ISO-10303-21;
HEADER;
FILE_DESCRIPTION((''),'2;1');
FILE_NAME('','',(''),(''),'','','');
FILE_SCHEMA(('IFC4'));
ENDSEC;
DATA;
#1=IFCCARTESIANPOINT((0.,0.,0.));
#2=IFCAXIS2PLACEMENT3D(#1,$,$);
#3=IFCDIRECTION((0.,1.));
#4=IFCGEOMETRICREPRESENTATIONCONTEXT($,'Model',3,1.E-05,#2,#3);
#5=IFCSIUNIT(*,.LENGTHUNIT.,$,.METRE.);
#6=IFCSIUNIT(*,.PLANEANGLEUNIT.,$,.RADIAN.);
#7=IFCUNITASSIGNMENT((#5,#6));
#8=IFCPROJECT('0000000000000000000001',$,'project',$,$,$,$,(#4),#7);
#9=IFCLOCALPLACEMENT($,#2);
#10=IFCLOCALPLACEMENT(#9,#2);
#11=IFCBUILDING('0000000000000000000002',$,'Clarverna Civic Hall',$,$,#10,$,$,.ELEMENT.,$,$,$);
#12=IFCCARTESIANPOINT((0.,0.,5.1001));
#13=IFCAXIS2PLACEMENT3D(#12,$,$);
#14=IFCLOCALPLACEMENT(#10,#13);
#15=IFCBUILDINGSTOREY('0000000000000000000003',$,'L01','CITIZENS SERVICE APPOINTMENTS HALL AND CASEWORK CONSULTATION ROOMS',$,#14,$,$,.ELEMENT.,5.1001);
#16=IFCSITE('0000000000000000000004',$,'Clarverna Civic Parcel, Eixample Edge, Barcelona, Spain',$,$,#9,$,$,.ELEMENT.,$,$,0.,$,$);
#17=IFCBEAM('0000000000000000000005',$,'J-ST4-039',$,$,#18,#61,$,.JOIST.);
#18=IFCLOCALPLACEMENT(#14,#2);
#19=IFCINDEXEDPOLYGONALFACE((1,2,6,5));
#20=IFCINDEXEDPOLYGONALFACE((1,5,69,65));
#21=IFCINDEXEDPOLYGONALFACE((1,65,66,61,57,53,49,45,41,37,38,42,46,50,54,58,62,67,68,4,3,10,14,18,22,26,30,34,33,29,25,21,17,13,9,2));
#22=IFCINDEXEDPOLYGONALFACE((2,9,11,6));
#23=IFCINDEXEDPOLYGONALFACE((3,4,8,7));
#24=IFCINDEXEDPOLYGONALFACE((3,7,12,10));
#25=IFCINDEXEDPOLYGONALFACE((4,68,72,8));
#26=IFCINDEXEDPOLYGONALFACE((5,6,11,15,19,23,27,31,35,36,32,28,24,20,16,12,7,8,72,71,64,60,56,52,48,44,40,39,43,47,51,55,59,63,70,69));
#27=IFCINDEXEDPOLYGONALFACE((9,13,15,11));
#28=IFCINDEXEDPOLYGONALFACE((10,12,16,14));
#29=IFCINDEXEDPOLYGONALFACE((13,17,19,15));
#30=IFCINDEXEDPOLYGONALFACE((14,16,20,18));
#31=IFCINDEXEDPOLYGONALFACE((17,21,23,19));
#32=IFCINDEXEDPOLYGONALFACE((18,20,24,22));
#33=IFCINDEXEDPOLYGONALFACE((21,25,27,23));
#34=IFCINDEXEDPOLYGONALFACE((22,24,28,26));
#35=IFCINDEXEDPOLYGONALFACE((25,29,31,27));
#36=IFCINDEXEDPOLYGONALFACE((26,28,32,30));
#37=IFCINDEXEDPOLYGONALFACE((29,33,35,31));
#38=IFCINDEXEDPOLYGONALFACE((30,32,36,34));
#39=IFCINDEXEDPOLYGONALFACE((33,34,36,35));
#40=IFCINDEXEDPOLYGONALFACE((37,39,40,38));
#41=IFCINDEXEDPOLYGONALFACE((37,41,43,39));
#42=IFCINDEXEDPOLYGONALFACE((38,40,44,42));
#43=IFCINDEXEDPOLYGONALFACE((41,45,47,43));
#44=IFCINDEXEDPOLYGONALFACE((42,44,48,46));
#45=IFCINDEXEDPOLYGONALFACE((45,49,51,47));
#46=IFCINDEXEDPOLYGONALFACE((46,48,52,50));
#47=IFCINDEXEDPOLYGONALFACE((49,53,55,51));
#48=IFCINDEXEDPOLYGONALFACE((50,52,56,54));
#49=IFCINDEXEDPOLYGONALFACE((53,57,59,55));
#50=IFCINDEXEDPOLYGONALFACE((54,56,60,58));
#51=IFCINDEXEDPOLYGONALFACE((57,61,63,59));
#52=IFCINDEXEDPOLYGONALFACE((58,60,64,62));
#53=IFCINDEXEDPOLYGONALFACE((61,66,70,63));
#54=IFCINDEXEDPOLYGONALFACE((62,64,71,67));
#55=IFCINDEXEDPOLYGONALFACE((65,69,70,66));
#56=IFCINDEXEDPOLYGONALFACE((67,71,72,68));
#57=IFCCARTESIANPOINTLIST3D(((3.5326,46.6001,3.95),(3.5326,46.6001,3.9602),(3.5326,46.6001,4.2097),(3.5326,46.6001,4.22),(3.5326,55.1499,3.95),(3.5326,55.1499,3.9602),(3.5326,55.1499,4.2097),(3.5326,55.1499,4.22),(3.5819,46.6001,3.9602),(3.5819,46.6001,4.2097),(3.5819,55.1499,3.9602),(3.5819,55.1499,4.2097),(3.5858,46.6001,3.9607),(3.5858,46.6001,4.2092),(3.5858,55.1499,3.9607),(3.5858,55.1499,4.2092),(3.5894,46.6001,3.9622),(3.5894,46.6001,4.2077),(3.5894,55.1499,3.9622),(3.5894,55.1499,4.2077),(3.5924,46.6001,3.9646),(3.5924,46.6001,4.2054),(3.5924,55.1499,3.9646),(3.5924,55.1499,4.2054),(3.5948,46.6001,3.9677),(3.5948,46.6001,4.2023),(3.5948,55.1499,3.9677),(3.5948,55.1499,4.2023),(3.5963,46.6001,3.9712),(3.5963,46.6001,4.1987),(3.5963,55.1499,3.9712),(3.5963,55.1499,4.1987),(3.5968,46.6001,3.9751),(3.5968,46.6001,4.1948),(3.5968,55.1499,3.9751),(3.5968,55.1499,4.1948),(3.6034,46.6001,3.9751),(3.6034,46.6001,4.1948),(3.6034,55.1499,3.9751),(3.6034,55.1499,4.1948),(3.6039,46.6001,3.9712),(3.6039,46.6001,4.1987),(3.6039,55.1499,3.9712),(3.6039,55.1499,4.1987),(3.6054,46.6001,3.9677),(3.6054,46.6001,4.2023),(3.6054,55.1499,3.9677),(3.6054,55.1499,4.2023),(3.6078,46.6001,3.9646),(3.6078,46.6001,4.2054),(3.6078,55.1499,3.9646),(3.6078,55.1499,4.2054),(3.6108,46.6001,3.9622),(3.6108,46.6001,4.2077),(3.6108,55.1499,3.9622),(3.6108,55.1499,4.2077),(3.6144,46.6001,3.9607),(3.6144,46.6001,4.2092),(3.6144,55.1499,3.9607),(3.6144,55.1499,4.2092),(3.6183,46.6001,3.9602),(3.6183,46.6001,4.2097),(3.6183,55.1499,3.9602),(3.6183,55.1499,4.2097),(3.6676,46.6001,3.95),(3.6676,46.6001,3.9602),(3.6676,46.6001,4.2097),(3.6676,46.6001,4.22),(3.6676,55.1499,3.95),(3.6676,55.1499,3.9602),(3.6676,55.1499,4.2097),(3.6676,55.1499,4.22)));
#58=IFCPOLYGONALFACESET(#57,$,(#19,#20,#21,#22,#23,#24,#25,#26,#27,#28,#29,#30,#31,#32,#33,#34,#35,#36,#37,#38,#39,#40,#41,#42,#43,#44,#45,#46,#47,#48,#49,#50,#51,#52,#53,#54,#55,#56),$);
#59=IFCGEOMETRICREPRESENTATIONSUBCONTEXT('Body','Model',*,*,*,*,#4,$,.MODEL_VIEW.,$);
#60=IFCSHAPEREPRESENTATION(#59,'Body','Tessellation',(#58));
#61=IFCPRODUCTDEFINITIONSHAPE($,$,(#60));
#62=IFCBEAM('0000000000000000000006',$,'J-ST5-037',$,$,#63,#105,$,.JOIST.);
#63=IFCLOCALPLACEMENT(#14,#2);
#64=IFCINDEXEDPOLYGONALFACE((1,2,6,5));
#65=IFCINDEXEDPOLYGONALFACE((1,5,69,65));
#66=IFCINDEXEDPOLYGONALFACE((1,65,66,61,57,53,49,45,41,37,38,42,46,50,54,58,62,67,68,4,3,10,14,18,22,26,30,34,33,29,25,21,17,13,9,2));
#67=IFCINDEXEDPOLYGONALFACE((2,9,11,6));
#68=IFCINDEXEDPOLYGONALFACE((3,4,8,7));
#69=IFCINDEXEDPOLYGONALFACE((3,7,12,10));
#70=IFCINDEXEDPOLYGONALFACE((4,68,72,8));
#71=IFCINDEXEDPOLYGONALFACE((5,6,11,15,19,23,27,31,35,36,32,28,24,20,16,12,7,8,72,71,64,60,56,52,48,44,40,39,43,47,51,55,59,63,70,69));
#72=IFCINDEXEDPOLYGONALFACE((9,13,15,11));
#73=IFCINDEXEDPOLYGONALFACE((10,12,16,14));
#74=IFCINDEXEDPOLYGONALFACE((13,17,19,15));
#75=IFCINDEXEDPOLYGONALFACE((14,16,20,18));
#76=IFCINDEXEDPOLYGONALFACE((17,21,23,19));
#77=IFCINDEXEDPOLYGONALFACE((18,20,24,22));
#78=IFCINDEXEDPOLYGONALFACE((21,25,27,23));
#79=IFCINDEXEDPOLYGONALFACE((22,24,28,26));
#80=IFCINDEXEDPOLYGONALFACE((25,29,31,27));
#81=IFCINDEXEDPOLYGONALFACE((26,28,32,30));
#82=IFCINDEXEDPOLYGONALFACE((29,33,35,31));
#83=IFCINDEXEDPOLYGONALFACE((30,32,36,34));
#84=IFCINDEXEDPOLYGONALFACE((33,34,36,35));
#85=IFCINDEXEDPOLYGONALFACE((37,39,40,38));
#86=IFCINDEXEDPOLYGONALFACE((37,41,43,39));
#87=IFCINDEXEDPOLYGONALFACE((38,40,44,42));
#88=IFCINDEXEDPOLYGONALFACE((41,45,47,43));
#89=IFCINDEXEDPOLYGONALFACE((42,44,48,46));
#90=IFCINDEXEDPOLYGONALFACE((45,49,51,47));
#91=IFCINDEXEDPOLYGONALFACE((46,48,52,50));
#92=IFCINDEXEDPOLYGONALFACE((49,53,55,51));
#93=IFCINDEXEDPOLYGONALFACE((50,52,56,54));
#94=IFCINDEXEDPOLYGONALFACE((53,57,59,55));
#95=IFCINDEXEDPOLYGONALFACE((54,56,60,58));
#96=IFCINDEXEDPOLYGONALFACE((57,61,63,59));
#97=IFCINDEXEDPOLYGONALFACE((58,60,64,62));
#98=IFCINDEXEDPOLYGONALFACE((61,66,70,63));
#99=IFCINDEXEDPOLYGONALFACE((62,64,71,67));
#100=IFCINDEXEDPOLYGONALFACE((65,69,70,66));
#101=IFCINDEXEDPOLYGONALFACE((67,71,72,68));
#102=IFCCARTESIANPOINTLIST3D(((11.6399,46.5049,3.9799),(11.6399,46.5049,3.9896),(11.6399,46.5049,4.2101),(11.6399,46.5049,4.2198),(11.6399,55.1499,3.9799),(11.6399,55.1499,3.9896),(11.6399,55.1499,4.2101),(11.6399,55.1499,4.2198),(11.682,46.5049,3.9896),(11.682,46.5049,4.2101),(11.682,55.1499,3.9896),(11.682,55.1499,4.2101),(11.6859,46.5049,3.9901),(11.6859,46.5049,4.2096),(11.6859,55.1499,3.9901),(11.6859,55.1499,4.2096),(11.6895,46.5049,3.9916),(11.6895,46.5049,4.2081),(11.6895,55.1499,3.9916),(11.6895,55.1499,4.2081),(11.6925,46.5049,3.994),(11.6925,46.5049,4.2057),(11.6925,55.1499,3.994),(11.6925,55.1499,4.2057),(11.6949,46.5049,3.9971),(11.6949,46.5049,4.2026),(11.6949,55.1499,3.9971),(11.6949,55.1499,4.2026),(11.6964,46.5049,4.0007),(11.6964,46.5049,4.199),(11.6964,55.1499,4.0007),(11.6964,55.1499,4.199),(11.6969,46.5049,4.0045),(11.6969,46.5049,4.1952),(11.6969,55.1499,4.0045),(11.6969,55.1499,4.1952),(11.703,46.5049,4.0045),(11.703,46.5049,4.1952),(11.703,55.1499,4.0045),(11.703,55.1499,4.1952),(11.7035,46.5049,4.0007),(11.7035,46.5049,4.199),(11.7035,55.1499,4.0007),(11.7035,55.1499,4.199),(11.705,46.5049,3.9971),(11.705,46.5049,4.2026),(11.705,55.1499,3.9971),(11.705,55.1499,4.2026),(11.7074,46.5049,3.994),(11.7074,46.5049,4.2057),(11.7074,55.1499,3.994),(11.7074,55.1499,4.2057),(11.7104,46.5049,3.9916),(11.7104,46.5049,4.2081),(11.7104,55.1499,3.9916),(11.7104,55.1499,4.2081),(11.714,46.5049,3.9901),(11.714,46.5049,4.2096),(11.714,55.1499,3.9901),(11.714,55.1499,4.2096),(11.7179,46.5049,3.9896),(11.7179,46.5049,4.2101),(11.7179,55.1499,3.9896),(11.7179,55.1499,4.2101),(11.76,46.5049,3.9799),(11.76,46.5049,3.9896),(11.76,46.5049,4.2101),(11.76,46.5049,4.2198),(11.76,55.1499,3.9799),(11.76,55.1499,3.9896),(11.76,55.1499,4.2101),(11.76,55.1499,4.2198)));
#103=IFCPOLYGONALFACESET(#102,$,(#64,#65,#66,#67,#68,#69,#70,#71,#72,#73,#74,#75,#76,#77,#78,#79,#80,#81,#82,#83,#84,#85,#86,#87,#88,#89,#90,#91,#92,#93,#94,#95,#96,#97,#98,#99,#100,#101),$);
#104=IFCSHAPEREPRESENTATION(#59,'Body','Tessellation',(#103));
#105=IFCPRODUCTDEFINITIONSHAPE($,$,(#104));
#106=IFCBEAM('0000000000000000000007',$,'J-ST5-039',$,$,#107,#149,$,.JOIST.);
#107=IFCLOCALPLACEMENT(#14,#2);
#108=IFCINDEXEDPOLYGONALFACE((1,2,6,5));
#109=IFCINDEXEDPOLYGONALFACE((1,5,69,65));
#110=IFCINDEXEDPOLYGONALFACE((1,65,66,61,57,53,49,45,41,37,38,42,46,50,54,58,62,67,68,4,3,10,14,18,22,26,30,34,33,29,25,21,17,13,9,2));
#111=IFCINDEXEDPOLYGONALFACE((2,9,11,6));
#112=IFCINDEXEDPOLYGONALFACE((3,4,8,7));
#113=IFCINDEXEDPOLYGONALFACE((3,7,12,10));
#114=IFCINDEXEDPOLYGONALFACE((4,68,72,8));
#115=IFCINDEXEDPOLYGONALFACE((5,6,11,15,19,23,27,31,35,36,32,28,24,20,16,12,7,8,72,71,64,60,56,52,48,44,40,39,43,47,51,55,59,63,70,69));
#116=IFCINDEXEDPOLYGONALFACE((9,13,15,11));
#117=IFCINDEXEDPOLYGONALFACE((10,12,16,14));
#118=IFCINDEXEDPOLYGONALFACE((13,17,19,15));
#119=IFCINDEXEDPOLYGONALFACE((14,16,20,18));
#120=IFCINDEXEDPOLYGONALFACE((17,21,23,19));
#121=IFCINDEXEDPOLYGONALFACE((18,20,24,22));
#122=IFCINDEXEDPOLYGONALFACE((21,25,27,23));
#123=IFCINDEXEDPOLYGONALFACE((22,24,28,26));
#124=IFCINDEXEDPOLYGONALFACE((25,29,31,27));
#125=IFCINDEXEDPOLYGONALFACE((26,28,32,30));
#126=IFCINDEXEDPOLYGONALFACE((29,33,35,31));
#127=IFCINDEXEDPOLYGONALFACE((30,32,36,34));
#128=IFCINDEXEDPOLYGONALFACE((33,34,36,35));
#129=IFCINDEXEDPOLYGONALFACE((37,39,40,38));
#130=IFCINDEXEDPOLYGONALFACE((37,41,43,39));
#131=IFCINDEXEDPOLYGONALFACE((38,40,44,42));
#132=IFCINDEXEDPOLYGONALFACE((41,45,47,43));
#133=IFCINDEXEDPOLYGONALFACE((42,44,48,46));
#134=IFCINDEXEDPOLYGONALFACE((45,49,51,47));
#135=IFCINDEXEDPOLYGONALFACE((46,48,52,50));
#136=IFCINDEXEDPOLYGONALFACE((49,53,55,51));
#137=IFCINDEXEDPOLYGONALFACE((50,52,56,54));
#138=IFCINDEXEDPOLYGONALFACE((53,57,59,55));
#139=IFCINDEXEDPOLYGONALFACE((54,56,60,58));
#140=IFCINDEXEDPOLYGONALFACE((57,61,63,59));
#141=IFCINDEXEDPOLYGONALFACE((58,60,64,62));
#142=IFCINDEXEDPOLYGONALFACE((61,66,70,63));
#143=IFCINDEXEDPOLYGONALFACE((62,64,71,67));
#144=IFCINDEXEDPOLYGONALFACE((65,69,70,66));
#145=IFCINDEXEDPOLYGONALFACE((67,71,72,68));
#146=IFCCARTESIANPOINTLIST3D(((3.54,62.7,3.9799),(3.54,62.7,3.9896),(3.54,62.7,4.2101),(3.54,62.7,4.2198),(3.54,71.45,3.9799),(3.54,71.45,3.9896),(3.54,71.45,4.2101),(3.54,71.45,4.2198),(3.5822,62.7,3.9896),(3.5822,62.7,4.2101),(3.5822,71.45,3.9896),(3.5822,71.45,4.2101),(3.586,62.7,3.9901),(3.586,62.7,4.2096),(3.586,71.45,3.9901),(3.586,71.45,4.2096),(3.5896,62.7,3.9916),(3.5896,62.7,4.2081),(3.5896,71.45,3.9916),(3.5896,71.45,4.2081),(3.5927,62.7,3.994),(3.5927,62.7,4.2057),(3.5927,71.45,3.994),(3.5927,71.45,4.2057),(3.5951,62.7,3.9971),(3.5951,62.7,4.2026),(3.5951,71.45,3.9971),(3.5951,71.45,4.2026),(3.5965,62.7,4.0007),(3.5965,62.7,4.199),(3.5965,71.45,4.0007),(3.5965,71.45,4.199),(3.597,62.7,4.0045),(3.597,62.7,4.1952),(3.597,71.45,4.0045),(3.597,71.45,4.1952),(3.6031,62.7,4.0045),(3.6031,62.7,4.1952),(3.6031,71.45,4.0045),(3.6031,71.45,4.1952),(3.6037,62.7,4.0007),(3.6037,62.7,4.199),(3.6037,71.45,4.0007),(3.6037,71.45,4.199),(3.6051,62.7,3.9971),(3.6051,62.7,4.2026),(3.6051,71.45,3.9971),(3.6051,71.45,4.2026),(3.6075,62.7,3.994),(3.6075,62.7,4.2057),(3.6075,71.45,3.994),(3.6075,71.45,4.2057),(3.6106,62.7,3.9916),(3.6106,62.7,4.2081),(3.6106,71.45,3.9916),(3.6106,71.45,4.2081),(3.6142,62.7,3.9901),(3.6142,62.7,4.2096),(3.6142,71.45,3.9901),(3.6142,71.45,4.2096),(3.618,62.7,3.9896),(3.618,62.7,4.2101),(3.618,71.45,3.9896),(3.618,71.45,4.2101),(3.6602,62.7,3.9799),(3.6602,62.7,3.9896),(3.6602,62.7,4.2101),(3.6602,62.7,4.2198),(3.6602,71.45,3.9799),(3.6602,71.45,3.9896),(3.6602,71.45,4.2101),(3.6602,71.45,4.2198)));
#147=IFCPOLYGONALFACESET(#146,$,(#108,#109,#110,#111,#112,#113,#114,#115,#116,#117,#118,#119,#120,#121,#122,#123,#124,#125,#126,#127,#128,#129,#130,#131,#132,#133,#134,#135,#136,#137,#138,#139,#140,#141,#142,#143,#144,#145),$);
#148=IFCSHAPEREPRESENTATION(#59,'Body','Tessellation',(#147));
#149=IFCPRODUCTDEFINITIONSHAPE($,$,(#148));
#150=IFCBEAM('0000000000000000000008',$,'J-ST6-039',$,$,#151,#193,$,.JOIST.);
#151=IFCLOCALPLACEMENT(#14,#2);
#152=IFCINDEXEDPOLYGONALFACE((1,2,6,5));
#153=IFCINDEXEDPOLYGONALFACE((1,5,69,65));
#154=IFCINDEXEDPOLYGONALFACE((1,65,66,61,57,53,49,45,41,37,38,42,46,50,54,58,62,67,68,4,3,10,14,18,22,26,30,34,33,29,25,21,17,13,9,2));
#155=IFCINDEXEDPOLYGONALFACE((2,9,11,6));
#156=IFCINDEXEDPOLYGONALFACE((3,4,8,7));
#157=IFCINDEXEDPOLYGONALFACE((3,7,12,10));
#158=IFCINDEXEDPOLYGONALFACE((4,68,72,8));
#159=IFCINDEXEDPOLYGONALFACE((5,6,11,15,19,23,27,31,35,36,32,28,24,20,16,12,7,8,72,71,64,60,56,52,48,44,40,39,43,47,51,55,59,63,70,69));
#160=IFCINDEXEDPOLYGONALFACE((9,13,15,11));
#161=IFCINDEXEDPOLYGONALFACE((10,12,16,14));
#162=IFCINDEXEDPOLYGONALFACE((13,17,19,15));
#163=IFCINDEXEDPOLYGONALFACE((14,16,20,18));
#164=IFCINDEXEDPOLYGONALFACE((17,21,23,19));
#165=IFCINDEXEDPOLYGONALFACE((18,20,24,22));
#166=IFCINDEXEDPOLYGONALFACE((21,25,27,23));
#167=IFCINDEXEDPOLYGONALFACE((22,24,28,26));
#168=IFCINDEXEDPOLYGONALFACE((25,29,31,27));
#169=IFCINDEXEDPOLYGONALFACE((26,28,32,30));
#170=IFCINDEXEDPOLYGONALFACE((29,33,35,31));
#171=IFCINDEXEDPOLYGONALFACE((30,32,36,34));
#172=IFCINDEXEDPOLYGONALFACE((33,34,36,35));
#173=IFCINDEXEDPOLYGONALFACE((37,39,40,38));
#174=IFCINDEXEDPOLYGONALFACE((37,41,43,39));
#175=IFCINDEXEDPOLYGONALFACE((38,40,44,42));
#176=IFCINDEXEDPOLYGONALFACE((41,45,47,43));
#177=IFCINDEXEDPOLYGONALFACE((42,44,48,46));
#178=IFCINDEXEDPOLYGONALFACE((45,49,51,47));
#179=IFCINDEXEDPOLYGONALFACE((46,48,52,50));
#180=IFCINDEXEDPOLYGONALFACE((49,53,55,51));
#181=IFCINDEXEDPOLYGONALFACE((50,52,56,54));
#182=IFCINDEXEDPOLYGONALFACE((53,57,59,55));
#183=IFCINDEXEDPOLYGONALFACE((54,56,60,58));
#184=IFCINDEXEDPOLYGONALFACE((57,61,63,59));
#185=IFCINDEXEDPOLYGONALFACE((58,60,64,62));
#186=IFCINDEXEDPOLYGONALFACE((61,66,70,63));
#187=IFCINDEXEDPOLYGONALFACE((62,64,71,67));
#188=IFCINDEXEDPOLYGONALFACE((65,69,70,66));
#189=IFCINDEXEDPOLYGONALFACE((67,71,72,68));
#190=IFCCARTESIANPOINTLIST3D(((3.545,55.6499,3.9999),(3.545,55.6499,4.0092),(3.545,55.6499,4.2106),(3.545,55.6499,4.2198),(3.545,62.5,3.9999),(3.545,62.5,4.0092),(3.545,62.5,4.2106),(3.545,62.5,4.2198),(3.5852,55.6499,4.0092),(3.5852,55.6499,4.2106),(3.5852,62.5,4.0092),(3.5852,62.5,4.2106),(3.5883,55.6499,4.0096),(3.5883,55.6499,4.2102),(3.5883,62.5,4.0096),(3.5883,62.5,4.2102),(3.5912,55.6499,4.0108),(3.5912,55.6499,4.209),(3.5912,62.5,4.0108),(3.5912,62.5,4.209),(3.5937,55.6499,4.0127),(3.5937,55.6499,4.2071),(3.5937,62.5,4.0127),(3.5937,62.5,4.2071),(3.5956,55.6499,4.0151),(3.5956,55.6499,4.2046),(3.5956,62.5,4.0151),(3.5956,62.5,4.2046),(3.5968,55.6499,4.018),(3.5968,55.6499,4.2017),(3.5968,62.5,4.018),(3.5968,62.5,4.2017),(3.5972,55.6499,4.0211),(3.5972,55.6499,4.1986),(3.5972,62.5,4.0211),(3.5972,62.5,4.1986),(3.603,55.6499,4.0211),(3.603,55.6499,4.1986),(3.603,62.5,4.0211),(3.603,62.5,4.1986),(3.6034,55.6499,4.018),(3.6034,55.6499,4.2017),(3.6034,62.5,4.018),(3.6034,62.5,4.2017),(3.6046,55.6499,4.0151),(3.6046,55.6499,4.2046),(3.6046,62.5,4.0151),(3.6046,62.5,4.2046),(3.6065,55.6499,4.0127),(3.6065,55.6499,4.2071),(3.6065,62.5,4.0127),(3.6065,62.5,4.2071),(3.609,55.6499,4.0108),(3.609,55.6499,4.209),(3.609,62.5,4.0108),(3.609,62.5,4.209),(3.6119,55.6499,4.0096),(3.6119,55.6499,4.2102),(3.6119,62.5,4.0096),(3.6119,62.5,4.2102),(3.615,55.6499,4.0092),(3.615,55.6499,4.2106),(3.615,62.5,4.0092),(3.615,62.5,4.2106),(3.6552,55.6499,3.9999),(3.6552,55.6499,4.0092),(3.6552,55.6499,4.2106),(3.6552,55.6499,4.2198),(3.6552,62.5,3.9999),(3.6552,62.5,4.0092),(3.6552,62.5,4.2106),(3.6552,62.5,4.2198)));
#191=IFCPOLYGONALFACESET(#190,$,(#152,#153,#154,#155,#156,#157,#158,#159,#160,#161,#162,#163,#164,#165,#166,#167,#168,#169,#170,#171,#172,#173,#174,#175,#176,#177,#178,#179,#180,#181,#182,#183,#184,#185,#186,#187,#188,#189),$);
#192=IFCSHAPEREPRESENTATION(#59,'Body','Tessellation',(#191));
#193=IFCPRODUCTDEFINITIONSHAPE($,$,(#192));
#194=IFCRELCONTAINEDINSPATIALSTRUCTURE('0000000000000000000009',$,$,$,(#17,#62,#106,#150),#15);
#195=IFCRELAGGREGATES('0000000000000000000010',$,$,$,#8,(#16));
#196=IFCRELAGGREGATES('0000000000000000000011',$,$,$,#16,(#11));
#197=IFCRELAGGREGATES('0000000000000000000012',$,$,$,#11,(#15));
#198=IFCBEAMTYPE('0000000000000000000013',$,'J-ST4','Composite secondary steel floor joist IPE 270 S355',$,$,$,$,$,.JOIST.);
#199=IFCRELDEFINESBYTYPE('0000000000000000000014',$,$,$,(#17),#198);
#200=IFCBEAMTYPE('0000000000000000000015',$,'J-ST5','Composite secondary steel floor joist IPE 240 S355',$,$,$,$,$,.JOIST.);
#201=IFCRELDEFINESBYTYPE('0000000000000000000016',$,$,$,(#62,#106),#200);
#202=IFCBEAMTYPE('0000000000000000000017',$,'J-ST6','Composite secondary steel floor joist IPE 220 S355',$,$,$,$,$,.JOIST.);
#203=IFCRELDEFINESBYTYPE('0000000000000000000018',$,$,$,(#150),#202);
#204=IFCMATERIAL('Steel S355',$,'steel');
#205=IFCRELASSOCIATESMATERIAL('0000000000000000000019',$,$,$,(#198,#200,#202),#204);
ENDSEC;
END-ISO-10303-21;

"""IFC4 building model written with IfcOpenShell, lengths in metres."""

from ifc_helpers import new_model, si_unit, direction, frame, origin, origin_2d, place, context, subcontext, project, spatial, i_section, extrude, material, material_profile, profile_set, type_object, element, save


model = new_model("IFC4")

# Units and contexts
model_context = context("Model", 3, precision=1e-05, world=origin(), true_north=direction((0.0, 1.0)))
body_context = subcontext(model_context, "Body", "Model", "MODEL_VIEW")
ifc_project = project(units=[si_unit("LENGTHUNIT", "METRE"), si_unit("PLANEANGLEUNIT", "RADIAN")], contexts=[model_context])

# Site, building, storey
site_placement = place(None, origin())
site = spatial("IfcSite", under=ifc_project, at=site_placement, Name="Clarverna Civic Parcel, Eixample Edge, Barcelona, Spain", CompositionType="ELEMENT", RefElevation=0.0)
building_placement = place(site_placement, origin())
building = spatial("IfcBuilding", under=site, at=building_placement, Name="Clarverna Civic Hall", CompositionType="ELEMENT")
storey_placement = place(building_placement, frame((0.0, 0.0, 5.1001)))
storey = spatial("IfcBuildingStorey", under=building, at=storey_placement, Name="L01", Description="CITIZENS SERVICE APPOINTMENTS HALL AND CASEWORK CONSULTATION ROOMS", CompositionType="ELEMENT", Elevation=5.1001)

# Beams
ifc_material_1 = material(Name="Steel S355", Category="steel")
ifc_material_profile_1 = material_profile(ifc_material_1, i_section(OverallWidth=0.135, OverallDepth=0.27, WebThickness=0.0066, FlangeThickness=0.0103, FilletRadius=0.0149, at=origin_2d()), Name="IPE 270")
ifc_profile_set_1 = profile_set([ifc_material_profile_1], Name="Steel S355")
beam_type_1 = type_object("IfcBeamType", Name="J-ST4", Description="Composite secondary steel floor joist IPE 270 S355", PredefinedType="JOIST", material=ifc_profile_set_1)
beam_1_placement = place(storey_placement, frame((3.6001, 46.6001, 4.085), z_axis=(0.0, 1.0, 0.0), x_axis=(-1.0, 0.0, 0.0)))
element("IfcBeam", 1, at=beam_1_placement, inside=storey, type_object=beam_type_1, Name="J-ST4-039", PredefinedType="JOIST", context=body_context, shape_type="SweptSolid", body=[
    extrude(i_section(OverallWidth=0.135, OverallDepth=0.27, WebThickness=0.0066, FlangeThickness=0.0103, FilletRadius=0.0149, at=origin_2d()), origin(), (0.0, 0.0, 1.0), 8.5498),
])
ifc_material_profile_2 = material_profile(ifc_material_1, i_section(OverallWidth=0.1201, OverallDepth=0.24, WebThickness=0.0061, FlangeThickness=0.0098, FilletRadius=0.0149, at=origin_2d()), Name="IPE 240")
ifc_profile_set_2 = profile_set([ifc_material_profile_2], Name="Steel S355")
beam_type_2 = type_object("IfcBeamType", Name="J-ST5", Description="Composite secondary steel floor joist IPE 240 S355", PredefinedType="JOIST", material=ifc_profile_set_2)
beam_2_placement = place(storey_placement, frame((11.7, 46.5049, 4.0999), z_axis=(0.0, 1.0, 0.0), x_axis=(-1.0, 0.0, 0.0)))
element("IfcBeam", 2, at=beam_2_placement, inside=storey, type_object=beam_type_2, Name="J-ST5-037", PredefinedType="JOIST", context=body_context, shape_type="SweptSolid", body=[
    extrude(i_section(OverallWidth=0.1201, OverallDepth=0.24, WebThickness=0.0061, FlangeThickness=0.0098, FilletRadius=0.0149, at=origin_2d()), origin(), (0.0, 0.0, 1.0), 8.645),
])
beam_3_placement = place(storey_placement, frame((3.6001, 62.7, 4.0999), z_axis=(0.0, 1.0, 0.0), x_axis=(-1.0, 0.0, 0.0)))
element("IfcBeam", 3, at=beam_3_placement, inside=storey, type_object=beam_type_2, Name="J-ST5-039", PredefinedType="JOIST", context=body_context, shape_type="SweptSolid", body=[
    extrude(i_section(OverallWidth=0.1201, OverallDepth=0.24, WebThickness=0.0061, FlangeThickness=0.0098, FilletRadius=0.0149, at=origin_2d()), origin(), (0.0, 0.0, 1.0), 8.75),
])
ifc_material_profile_3 = material_profile(ifc_material_1, i_section(OverallWidth=0.1101, OverallDepth=0.22, WebThickness=0.0059, FlangeThickness=0.0093, FilletRadius=0.012, at=origin_2d()), Name="IPE 220")
ifc_profile_set_3 = profile_set([ifc_material_profile_3], Name="Steel S355")
beam_type_3 = type_object("IfcBeamType", Name="J-ST6", Description="Composite secondary steel floor joist IPE 220 S355", PredefinedType="JOIST", material=ifc_profile_set_3)
beam_4_placement = place(storey_placement, frame((3.6001, 55.6499, 4.1099), z_axis=(0.0, 1.0, 0.0), x_axis=(-1.0, 0.0, 0.0)))
element("IfcBeam", 4, at=beam_4_placement, inside=storey, type_object=beam_type_3, Name="J-ST6-039", PredefinedType="JOIST", context=body_context, shape_type="SweptSolid", body=[
    extrude(i_section(OverallWidth=0.1101, OverallDepth=0.22, WebThickness=0.0059, FlangeThickness=0.0093, FilletRadius=0.012, at=origin_2d()), origin(), (0.0, 0.0, 1.0), 6.8501),
])

save(model, "model.ifc")
